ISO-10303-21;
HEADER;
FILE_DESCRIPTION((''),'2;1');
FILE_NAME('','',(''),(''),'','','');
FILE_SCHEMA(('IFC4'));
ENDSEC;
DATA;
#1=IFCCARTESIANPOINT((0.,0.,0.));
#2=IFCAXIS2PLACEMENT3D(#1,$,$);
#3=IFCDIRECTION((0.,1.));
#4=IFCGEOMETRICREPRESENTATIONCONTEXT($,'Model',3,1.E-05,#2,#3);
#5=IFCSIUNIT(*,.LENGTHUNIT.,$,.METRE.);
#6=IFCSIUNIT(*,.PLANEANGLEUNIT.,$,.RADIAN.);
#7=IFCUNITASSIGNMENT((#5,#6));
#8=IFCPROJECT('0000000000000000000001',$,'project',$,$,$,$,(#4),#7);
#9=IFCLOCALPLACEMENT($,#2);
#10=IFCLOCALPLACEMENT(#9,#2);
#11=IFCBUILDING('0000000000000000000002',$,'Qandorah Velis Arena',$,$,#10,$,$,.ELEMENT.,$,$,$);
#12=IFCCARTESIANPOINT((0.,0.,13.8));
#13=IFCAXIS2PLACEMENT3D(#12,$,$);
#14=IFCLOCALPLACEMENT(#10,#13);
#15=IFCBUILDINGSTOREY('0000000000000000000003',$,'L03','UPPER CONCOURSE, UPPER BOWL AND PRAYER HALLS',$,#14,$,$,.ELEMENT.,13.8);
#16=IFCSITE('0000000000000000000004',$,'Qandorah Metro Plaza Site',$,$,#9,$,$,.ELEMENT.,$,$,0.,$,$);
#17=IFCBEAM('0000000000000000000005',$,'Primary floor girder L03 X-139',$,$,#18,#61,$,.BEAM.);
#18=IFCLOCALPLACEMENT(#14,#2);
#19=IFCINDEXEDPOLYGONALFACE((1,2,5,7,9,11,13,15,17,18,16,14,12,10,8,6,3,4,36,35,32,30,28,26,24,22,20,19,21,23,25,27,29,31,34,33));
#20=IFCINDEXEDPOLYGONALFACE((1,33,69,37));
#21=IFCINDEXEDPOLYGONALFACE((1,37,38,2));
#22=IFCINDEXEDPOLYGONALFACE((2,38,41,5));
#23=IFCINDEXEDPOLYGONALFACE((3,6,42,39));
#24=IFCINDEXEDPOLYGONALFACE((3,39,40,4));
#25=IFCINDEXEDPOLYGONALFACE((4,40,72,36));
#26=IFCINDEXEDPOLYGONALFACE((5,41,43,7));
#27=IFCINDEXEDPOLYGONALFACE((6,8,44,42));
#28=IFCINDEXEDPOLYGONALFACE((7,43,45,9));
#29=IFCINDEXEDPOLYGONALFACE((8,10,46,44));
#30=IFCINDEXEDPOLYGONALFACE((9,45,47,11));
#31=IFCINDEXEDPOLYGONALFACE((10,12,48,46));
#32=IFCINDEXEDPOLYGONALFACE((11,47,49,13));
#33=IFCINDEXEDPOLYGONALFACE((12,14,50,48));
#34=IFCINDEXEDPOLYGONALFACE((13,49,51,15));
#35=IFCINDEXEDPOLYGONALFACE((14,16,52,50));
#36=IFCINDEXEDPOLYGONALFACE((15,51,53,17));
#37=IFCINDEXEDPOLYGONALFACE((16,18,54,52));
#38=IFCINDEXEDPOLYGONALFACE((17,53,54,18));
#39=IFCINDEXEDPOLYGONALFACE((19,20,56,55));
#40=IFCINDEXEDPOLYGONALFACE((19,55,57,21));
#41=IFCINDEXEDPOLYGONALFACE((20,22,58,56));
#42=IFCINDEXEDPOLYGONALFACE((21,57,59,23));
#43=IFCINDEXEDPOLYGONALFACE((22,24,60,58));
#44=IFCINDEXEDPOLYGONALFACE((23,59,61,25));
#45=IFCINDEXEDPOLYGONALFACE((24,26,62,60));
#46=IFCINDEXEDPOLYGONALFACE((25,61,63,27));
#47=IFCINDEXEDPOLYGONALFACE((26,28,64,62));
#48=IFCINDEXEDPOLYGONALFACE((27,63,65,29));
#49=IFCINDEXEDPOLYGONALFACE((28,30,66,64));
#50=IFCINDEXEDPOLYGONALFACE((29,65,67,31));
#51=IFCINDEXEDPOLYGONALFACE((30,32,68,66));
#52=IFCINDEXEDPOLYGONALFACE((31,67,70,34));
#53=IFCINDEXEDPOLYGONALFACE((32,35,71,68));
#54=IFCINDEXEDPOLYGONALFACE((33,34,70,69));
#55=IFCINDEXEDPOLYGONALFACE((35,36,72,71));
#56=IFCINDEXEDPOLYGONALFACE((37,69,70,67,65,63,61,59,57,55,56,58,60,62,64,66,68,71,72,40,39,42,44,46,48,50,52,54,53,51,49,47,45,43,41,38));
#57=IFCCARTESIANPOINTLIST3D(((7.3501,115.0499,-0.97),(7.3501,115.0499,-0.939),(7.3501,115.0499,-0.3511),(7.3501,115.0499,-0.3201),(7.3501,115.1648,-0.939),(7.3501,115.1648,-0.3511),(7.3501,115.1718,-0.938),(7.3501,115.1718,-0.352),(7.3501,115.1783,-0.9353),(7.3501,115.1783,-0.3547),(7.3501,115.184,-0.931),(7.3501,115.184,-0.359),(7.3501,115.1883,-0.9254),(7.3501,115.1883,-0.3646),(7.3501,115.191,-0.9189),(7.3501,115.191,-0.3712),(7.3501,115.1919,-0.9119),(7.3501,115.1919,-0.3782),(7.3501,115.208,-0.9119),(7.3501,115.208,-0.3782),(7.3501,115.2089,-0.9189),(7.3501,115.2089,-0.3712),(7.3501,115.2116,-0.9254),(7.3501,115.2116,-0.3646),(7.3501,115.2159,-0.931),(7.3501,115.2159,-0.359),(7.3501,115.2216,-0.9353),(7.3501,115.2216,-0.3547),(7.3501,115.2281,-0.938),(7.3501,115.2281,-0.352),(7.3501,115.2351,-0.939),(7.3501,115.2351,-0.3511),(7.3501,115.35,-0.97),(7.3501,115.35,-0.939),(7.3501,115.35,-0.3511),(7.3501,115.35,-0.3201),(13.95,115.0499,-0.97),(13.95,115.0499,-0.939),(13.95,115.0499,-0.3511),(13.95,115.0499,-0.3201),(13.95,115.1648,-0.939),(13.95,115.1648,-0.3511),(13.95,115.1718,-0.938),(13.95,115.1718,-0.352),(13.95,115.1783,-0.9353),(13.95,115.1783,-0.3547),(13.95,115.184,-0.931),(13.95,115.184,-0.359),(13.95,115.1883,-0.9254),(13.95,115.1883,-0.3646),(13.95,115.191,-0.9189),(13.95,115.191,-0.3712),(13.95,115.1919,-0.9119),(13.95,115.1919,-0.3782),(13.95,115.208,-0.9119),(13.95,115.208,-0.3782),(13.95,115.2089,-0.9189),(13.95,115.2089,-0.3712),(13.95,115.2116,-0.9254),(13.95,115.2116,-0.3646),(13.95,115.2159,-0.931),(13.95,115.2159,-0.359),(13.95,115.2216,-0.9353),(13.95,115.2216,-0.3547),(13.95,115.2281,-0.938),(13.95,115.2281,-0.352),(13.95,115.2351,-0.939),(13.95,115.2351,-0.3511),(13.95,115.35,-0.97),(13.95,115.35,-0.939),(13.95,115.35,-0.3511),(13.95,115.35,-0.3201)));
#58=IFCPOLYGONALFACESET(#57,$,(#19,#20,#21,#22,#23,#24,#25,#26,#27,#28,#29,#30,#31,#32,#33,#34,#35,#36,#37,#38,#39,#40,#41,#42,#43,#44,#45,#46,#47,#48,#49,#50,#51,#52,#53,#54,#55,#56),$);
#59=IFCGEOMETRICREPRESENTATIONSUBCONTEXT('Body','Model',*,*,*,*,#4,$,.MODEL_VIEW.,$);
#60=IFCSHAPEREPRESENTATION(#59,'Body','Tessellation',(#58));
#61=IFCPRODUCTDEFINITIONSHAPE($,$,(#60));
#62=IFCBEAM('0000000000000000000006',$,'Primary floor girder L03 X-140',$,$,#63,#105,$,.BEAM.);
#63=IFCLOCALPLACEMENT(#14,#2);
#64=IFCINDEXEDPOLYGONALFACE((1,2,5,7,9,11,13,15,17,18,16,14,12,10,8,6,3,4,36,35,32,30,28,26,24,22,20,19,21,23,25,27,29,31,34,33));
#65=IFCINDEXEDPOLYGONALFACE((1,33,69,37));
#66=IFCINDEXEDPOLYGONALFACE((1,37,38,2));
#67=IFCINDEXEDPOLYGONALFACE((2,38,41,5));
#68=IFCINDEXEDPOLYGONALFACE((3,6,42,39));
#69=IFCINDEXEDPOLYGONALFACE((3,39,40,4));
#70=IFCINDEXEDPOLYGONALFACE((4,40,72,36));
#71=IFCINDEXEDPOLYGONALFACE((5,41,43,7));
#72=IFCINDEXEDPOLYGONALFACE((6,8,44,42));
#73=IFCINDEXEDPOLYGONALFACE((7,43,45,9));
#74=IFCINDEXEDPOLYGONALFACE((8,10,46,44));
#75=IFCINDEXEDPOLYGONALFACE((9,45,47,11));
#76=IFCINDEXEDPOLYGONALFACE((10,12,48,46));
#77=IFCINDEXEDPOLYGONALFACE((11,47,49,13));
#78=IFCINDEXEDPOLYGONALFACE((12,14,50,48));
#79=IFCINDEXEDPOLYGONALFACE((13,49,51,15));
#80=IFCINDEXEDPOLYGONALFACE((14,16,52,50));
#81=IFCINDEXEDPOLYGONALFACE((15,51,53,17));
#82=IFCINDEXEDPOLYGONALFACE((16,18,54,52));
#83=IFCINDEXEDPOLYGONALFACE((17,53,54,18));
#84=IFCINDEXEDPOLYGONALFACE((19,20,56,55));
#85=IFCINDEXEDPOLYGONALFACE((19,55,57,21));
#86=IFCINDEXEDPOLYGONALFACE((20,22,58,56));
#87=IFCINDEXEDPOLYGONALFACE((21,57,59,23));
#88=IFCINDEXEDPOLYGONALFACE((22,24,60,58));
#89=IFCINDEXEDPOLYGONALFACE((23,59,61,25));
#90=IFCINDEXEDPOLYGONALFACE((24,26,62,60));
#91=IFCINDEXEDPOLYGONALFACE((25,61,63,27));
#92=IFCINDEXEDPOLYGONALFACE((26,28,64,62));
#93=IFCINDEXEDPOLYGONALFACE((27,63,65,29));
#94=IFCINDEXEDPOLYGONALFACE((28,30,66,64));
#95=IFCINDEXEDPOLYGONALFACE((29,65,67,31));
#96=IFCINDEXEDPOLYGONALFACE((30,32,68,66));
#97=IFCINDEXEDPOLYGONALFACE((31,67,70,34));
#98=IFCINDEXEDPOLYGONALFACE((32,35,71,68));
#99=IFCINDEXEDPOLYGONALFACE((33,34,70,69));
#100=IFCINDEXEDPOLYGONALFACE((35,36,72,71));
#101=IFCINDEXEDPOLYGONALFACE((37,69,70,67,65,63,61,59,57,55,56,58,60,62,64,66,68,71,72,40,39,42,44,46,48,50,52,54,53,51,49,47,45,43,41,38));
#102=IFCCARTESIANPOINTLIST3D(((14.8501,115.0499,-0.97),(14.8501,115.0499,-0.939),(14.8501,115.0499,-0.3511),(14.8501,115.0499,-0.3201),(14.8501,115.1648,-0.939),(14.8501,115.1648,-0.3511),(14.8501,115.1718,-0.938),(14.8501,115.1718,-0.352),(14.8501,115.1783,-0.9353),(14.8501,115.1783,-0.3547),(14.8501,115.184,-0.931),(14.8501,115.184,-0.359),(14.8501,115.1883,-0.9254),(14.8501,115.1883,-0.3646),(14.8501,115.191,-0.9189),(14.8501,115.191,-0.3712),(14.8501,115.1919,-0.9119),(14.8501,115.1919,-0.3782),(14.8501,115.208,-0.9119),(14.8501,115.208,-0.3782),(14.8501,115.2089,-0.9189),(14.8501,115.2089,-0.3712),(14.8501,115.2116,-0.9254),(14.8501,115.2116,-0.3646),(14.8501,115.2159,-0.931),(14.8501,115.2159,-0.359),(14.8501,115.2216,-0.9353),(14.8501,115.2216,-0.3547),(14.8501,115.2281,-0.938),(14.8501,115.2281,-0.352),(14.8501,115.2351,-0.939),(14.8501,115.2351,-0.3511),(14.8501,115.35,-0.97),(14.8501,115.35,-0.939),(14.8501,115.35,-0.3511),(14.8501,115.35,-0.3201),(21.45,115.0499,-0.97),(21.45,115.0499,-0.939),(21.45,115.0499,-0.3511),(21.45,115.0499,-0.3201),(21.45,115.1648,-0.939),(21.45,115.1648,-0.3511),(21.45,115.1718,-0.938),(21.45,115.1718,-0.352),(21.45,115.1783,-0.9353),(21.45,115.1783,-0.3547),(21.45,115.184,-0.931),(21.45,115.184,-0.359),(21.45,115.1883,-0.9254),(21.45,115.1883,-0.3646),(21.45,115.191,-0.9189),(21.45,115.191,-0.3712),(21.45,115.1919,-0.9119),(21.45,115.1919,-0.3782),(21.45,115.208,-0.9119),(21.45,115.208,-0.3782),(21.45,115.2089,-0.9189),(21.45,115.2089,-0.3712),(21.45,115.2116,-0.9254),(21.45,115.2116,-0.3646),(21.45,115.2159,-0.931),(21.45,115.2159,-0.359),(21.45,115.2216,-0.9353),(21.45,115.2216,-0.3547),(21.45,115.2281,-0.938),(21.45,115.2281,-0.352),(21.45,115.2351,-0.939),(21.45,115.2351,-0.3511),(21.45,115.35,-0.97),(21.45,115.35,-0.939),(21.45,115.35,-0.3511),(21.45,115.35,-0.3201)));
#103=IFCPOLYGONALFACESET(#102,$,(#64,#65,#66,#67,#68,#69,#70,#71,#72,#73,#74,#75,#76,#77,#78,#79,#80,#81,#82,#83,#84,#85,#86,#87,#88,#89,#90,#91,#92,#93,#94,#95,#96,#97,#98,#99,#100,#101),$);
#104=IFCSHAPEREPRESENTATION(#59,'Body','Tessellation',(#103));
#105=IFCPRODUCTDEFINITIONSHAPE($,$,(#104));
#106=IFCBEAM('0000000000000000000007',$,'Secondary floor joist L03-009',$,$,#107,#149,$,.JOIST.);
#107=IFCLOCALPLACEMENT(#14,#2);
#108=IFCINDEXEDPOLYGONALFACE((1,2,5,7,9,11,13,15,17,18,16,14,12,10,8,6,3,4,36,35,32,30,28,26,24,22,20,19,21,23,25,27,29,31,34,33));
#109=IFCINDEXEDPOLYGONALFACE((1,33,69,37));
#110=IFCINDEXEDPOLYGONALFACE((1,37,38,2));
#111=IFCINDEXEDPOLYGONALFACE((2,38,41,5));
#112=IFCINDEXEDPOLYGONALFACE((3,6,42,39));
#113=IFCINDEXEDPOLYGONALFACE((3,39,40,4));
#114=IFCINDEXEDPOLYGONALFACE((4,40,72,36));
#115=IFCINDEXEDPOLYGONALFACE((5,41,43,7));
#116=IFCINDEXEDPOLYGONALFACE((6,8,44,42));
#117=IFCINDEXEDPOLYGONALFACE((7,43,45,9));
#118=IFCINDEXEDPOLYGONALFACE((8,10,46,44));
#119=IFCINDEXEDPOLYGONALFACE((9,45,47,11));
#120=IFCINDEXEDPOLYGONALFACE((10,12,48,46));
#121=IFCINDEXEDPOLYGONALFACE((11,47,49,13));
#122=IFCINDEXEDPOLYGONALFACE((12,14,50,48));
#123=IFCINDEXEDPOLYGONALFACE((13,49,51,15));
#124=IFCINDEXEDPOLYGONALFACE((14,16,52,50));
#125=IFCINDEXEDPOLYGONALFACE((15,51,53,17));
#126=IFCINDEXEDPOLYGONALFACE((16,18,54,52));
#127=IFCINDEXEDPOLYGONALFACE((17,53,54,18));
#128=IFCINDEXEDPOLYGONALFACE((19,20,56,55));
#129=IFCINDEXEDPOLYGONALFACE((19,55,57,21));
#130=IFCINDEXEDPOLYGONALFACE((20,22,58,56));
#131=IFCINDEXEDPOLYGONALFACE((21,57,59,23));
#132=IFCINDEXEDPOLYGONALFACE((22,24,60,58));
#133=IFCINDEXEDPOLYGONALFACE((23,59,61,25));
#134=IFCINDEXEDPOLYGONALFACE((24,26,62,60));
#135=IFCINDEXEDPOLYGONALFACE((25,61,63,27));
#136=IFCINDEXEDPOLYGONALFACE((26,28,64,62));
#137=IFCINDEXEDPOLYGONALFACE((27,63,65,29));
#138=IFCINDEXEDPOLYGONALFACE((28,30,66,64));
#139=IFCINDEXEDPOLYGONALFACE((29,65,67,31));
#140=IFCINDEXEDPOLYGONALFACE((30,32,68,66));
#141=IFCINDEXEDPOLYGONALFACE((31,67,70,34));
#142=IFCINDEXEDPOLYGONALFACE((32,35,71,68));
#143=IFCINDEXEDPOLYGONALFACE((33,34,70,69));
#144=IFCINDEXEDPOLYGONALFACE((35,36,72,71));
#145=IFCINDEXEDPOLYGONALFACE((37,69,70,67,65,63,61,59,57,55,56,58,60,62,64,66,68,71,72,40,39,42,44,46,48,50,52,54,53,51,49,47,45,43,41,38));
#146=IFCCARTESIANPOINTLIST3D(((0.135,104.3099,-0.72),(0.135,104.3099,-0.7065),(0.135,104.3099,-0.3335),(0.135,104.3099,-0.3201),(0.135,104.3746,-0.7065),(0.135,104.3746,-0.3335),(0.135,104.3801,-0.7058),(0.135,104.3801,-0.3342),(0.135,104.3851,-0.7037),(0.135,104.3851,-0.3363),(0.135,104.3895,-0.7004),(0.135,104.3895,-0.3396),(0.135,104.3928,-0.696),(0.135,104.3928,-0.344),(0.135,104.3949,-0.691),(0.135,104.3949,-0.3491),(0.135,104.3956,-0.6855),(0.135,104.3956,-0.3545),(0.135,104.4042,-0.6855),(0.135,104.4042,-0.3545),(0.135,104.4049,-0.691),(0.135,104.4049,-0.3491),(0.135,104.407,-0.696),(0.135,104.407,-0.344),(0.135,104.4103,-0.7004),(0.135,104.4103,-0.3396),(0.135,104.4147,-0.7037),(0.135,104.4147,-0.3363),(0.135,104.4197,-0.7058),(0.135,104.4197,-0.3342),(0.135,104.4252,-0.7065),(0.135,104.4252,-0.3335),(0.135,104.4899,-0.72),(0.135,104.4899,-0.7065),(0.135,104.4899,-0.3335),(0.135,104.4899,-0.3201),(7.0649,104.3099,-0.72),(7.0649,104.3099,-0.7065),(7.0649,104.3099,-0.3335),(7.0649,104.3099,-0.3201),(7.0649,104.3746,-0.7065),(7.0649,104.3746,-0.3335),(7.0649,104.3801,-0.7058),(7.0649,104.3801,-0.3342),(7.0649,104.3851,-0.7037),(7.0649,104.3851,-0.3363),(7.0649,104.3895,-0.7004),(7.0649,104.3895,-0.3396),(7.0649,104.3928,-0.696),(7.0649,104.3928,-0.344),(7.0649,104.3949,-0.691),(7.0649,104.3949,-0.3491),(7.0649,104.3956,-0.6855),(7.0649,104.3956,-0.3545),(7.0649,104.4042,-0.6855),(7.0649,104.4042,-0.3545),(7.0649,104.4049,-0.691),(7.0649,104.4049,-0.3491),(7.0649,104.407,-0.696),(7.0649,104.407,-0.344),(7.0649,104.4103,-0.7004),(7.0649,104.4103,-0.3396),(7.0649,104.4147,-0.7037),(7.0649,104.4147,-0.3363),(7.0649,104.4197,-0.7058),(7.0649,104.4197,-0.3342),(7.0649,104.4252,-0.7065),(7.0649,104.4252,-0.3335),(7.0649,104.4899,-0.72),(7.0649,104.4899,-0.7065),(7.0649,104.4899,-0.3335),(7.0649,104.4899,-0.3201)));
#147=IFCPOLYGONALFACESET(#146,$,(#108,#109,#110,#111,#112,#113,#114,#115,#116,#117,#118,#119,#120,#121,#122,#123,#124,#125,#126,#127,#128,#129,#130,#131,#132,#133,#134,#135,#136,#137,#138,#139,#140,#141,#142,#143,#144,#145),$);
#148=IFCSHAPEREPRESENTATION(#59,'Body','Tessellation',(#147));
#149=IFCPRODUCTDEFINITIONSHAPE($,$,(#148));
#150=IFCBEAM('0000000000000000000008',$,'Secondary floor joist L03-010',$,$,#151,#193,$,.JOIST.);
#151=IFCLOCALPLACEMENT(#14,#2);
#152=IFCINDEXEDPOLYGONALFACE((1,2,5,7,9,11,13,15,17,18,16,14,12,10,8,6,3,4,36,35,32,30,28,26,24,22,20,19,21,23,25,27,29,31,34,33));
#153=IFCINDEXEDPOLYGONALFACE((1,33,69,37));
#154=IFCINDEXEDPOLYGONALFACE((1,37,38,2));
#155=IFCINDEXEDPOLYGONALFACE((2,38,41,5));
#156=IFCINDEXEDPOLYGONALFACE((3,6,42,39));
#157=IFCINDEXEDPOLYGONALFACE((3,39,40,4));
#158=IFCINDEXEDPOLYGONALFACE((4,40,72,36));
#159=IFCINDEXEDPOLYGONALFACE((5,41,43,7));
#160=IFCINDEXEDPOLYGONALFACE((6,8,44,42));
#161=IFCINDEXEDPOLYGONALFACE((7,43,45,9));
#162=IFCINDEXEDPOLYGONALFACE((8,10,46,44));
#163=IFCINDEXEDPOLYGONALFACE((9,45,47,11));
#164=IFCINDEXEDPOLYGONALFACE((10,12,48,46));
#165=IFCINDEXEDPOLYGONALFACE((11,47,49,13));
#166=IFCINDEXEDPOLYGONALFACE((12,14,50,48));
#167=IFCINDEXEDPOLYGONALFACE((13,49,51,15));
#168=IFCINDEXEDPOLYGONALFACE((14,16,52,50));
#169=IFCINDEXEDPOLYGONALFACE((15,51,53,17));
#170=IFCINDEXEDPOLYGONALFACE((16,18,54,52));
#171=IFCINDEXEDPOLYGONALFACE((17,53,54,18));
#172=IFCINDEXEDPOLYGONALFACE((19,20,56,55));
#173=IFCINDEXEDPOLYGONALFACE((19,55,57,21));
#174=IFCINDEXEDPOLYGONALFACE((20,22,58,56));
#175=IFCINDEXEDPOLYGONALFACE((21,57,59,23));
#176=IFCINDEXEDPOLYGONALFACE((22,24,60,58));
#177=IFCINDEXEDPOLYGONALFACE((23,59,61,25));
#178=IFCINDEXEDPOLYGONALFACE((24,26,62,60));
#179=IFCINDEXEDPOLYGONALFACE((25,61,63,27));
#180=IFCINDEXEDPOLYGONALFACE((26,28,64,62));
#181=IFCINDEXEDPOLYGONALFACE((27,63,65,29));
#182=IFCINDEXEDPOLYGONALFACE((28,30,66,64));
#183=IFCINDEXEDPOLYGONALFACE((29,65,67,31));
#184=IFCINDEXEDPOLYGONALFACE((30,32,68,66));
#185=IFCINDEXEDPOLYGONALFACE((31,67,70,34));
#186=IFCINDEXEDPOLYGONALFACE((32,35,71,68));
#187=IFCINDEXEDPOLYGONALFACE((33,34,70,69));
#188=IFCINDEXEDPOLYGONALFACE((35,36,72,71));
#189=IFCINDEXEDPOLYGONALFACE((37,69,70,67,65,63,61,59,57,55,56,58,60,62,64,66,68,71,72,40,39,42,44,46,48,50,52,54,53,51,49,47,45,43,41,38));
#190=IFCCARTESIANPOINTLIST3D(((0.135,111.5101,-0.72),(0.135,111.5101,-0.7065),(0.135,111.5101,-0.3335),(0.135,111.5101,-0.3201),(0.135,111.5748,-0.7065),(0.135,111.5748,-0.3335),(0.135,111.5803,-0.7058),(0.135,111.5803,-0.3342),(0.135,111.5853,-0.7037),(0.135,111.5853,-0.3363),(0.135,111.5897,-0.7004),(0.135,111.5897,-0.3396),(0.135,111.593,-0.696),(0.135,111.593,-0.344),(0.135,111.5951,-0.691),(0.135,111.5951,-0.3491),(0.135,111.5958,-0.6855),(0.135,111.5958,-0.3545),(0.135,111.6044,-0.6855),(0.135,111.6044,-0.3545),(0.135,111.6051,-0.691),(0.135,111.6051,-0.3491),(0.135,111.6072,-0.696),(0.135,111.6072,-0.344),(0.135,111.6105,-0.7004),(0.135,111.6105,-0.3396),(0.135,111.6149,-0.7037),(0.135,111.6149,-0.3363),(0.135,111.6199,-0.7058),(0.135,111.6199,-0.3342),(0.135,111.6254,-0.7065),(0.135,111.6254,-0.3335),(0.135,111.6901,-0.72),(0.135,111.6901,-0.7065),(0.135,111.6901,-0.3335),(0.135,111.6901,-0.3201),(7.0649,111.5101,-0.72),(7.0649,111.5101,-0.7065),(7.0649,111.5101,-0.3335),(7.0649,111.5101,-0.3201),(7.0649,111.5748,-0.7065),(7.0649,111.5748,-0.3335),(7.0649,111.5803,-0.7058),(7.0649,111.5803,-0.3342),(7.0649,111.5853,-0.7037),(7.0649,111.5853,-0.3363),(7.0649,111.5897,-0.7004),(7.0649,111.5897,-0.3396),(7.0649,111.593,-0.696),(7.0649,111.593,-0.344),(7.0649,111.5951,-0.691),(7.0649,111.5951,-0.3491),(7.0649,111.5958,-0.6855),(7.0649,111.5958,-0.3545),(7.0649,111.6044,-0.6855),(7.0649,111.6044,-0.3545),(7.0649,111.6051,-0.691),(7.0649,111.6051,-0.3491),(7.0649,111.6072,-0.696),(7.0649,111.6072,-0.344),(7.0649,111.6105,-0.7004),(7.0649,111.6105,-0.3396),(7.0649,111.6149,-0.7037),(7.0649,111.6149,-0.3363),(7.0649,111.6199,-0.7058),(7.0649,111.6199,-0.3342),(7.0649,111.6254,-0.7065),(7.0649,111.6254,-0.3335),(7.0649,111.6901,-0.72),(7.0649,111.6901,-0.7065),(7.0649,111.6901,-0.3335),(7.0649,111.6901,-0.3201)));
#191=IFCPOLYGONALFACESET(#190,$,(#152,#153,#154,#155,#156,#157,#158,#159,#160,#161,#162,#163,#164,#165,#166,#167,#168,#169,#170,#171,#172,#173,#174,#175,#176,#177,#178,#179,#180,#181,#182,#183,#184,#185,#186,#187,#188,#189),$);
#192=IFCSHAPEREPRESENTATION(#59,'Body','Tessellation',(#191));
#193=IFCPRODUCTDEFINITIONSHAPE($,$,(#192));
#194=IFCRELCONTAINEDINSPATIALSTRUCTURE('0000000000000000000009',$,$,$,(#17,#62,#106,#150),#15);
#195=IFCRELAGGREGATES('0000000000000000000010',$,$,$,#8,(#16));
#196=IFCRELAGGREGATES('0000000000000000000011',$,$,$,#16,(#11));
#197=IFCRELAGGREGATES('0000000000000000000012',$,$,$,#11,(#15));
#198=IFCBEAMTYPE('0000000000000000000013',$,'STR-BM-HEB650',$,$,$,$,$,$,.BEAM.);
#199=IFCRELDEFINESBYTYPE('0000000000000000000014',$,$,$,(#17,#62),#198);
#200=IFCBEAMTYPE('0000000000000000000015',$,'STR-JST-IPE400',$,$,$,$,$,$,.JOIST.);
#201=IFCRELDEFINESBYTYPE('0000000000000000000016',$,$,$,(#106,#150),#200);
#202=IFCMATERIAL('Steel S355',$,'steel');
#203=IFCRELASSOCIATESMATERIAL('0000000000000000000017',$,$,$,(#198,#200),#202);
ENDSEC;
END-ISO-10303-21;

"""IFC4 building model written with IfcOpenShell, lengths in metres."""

from ifc_helpers import new_model, si_unit, direction, frame, origin, origin_2d, place, context, subcontext, project, spatial, i_section, extrude, material, material_profile, profile_set, type_object, element, save


model = new_model("IFC4")

# Units and contexts
model_context = context("Model", 3, precision=1e-05, world=origin(), true_north=direction((0.0, 1.0)))
body_context = subcontext(model_context, "Body", "Model", "MODEL_VIEW")
ifc_project = project(units=[si_unit("LENGTHUNIT", "METRE"), si_unit("PLANEANGLEUNIT", "RADIAN")], contexts=[model_context])

# Site, building, storey
site_placement = place(None, origin())
site = spatial("IfcSite", under=ifc_project, at=site_placement, Name="Qandorah Metro Plaza Site", CompositionType="ELEMENT", RefElevation=0.0)
building_placement = place(site_placement, origin())
building = spatial("IfcBuilding", under=site, at=building_placement, Name="Qandorah Velis Arena", CompositionType="ELEMENT")
storey_placement = place(building_placement, frame((0.0, 0.0, 13.8)))
storey = spatial("IfcBuildingStorey", under=building, at=storey_placement, Name="L03", Description="UPPER CONCOURSE, UPPER BOWL AND PRAYER HALLS", CompositionType="ELEMENT", Elevation=13.8)

# Beams
ifc_material_1 = material(Name="Steel S355", Category="steel")
ifc_material_profile_1 = material_profile(ifc_material_1, i_section(OverallWidth=0.3, OverallDepth=0.6499, WebThickness=0.0161, FlangeThickness=0.031, FilletRadius=0.0271, at=origin_2d()), Name="HEB 650")
ifc_profile_set_1 = profile_set([ifc_material_profile_1], Name="Steel S355")
beam_type_1 = type_object("IfcBeamType", Name="STR-BM-HEB650", PredefinedType="BEAM", material=ifc_profile_set_1)
for number, where, z_axis, x_axis, name in (
    (1, (7.3501, 115.2, -0.645), (1.0, 0.0, 0.0), (0.0, 1.0, 0.0), "Primary floor girder L03 X-139"),
    (2, (14.8501, 115.2, -0.645), (1.0, 0.0, 0.0), (0.0, 1.0, 0.0), "Primary floor girder L03 X-140"),
):
    element("IfcBeam", number, at=place(storey_placement, frame(where, z_axis=z_axis, x_axis=x_axis)), inside=storey, type_object=beam_type_1, Name=name, PredefinedType="BEAM", context=body_context, shape_type="SweptSolid", body=[
        extrude(i_section(OverallWidth=0.3, OverallDepth=0.6499, WebThickness=0.0161, FlangeThickness=0.031, FilletRadius=0.0271, at=origin_2d()), origin(), (0.0, 0.0, 1.0), 6.5999),
    ])
ifc_material_profile_2 = material_profile(ifc_material_1, i_section(OverallWidth=0.1799, OverallDepth=0.3999, WebThickness=0.0085, FlangeThickness=0.0134, FilletRadius=0.021, at=origin_2d()), Name="IPE 400")
ifc_profile_set_2 = profile_set([ifc_material_profile_2], Name="Steel S355")
beam_type_2 = type_object("IfcBeamType", Name="STR-JST-IPE400", PredefinedType="JOIST", material=ifc_profile_set_2)
for number, where, z_axis, x_axis, name in (
    (3, (0.135, 104.3999, -0.52), (1.0, 0.0, 0.0), (0.0, 1.0, 0.0), "Secondary floor joist L03-009"),
    (4, (0.135, 111.6001, -0.52), (1.0, 0.0, 0.0), (0.0, 1.0, 0.0), "Secondary floor joist L03-010"),
):
    element("IfcBeam", number, at=place(storey_placement, frame(where, z_axis=z_axis, x_axis=x_axis)), inside=storey, type_object=beam_type_2, Name=name, PredefinedType="JOIST", context=body_context, shape_type="SweptSolid", body=[
        extrude(i_section(OverallWidth=0.1799, OverallDepth=0.3999, WebThickness=0.0085, FlangeThickness=0.0134, FilletRadius=0.021, at=origin_2d()), origin(), (0.0, 0.0, 1.0), 6.9299),
    ])

save(model, "model.ifc")
